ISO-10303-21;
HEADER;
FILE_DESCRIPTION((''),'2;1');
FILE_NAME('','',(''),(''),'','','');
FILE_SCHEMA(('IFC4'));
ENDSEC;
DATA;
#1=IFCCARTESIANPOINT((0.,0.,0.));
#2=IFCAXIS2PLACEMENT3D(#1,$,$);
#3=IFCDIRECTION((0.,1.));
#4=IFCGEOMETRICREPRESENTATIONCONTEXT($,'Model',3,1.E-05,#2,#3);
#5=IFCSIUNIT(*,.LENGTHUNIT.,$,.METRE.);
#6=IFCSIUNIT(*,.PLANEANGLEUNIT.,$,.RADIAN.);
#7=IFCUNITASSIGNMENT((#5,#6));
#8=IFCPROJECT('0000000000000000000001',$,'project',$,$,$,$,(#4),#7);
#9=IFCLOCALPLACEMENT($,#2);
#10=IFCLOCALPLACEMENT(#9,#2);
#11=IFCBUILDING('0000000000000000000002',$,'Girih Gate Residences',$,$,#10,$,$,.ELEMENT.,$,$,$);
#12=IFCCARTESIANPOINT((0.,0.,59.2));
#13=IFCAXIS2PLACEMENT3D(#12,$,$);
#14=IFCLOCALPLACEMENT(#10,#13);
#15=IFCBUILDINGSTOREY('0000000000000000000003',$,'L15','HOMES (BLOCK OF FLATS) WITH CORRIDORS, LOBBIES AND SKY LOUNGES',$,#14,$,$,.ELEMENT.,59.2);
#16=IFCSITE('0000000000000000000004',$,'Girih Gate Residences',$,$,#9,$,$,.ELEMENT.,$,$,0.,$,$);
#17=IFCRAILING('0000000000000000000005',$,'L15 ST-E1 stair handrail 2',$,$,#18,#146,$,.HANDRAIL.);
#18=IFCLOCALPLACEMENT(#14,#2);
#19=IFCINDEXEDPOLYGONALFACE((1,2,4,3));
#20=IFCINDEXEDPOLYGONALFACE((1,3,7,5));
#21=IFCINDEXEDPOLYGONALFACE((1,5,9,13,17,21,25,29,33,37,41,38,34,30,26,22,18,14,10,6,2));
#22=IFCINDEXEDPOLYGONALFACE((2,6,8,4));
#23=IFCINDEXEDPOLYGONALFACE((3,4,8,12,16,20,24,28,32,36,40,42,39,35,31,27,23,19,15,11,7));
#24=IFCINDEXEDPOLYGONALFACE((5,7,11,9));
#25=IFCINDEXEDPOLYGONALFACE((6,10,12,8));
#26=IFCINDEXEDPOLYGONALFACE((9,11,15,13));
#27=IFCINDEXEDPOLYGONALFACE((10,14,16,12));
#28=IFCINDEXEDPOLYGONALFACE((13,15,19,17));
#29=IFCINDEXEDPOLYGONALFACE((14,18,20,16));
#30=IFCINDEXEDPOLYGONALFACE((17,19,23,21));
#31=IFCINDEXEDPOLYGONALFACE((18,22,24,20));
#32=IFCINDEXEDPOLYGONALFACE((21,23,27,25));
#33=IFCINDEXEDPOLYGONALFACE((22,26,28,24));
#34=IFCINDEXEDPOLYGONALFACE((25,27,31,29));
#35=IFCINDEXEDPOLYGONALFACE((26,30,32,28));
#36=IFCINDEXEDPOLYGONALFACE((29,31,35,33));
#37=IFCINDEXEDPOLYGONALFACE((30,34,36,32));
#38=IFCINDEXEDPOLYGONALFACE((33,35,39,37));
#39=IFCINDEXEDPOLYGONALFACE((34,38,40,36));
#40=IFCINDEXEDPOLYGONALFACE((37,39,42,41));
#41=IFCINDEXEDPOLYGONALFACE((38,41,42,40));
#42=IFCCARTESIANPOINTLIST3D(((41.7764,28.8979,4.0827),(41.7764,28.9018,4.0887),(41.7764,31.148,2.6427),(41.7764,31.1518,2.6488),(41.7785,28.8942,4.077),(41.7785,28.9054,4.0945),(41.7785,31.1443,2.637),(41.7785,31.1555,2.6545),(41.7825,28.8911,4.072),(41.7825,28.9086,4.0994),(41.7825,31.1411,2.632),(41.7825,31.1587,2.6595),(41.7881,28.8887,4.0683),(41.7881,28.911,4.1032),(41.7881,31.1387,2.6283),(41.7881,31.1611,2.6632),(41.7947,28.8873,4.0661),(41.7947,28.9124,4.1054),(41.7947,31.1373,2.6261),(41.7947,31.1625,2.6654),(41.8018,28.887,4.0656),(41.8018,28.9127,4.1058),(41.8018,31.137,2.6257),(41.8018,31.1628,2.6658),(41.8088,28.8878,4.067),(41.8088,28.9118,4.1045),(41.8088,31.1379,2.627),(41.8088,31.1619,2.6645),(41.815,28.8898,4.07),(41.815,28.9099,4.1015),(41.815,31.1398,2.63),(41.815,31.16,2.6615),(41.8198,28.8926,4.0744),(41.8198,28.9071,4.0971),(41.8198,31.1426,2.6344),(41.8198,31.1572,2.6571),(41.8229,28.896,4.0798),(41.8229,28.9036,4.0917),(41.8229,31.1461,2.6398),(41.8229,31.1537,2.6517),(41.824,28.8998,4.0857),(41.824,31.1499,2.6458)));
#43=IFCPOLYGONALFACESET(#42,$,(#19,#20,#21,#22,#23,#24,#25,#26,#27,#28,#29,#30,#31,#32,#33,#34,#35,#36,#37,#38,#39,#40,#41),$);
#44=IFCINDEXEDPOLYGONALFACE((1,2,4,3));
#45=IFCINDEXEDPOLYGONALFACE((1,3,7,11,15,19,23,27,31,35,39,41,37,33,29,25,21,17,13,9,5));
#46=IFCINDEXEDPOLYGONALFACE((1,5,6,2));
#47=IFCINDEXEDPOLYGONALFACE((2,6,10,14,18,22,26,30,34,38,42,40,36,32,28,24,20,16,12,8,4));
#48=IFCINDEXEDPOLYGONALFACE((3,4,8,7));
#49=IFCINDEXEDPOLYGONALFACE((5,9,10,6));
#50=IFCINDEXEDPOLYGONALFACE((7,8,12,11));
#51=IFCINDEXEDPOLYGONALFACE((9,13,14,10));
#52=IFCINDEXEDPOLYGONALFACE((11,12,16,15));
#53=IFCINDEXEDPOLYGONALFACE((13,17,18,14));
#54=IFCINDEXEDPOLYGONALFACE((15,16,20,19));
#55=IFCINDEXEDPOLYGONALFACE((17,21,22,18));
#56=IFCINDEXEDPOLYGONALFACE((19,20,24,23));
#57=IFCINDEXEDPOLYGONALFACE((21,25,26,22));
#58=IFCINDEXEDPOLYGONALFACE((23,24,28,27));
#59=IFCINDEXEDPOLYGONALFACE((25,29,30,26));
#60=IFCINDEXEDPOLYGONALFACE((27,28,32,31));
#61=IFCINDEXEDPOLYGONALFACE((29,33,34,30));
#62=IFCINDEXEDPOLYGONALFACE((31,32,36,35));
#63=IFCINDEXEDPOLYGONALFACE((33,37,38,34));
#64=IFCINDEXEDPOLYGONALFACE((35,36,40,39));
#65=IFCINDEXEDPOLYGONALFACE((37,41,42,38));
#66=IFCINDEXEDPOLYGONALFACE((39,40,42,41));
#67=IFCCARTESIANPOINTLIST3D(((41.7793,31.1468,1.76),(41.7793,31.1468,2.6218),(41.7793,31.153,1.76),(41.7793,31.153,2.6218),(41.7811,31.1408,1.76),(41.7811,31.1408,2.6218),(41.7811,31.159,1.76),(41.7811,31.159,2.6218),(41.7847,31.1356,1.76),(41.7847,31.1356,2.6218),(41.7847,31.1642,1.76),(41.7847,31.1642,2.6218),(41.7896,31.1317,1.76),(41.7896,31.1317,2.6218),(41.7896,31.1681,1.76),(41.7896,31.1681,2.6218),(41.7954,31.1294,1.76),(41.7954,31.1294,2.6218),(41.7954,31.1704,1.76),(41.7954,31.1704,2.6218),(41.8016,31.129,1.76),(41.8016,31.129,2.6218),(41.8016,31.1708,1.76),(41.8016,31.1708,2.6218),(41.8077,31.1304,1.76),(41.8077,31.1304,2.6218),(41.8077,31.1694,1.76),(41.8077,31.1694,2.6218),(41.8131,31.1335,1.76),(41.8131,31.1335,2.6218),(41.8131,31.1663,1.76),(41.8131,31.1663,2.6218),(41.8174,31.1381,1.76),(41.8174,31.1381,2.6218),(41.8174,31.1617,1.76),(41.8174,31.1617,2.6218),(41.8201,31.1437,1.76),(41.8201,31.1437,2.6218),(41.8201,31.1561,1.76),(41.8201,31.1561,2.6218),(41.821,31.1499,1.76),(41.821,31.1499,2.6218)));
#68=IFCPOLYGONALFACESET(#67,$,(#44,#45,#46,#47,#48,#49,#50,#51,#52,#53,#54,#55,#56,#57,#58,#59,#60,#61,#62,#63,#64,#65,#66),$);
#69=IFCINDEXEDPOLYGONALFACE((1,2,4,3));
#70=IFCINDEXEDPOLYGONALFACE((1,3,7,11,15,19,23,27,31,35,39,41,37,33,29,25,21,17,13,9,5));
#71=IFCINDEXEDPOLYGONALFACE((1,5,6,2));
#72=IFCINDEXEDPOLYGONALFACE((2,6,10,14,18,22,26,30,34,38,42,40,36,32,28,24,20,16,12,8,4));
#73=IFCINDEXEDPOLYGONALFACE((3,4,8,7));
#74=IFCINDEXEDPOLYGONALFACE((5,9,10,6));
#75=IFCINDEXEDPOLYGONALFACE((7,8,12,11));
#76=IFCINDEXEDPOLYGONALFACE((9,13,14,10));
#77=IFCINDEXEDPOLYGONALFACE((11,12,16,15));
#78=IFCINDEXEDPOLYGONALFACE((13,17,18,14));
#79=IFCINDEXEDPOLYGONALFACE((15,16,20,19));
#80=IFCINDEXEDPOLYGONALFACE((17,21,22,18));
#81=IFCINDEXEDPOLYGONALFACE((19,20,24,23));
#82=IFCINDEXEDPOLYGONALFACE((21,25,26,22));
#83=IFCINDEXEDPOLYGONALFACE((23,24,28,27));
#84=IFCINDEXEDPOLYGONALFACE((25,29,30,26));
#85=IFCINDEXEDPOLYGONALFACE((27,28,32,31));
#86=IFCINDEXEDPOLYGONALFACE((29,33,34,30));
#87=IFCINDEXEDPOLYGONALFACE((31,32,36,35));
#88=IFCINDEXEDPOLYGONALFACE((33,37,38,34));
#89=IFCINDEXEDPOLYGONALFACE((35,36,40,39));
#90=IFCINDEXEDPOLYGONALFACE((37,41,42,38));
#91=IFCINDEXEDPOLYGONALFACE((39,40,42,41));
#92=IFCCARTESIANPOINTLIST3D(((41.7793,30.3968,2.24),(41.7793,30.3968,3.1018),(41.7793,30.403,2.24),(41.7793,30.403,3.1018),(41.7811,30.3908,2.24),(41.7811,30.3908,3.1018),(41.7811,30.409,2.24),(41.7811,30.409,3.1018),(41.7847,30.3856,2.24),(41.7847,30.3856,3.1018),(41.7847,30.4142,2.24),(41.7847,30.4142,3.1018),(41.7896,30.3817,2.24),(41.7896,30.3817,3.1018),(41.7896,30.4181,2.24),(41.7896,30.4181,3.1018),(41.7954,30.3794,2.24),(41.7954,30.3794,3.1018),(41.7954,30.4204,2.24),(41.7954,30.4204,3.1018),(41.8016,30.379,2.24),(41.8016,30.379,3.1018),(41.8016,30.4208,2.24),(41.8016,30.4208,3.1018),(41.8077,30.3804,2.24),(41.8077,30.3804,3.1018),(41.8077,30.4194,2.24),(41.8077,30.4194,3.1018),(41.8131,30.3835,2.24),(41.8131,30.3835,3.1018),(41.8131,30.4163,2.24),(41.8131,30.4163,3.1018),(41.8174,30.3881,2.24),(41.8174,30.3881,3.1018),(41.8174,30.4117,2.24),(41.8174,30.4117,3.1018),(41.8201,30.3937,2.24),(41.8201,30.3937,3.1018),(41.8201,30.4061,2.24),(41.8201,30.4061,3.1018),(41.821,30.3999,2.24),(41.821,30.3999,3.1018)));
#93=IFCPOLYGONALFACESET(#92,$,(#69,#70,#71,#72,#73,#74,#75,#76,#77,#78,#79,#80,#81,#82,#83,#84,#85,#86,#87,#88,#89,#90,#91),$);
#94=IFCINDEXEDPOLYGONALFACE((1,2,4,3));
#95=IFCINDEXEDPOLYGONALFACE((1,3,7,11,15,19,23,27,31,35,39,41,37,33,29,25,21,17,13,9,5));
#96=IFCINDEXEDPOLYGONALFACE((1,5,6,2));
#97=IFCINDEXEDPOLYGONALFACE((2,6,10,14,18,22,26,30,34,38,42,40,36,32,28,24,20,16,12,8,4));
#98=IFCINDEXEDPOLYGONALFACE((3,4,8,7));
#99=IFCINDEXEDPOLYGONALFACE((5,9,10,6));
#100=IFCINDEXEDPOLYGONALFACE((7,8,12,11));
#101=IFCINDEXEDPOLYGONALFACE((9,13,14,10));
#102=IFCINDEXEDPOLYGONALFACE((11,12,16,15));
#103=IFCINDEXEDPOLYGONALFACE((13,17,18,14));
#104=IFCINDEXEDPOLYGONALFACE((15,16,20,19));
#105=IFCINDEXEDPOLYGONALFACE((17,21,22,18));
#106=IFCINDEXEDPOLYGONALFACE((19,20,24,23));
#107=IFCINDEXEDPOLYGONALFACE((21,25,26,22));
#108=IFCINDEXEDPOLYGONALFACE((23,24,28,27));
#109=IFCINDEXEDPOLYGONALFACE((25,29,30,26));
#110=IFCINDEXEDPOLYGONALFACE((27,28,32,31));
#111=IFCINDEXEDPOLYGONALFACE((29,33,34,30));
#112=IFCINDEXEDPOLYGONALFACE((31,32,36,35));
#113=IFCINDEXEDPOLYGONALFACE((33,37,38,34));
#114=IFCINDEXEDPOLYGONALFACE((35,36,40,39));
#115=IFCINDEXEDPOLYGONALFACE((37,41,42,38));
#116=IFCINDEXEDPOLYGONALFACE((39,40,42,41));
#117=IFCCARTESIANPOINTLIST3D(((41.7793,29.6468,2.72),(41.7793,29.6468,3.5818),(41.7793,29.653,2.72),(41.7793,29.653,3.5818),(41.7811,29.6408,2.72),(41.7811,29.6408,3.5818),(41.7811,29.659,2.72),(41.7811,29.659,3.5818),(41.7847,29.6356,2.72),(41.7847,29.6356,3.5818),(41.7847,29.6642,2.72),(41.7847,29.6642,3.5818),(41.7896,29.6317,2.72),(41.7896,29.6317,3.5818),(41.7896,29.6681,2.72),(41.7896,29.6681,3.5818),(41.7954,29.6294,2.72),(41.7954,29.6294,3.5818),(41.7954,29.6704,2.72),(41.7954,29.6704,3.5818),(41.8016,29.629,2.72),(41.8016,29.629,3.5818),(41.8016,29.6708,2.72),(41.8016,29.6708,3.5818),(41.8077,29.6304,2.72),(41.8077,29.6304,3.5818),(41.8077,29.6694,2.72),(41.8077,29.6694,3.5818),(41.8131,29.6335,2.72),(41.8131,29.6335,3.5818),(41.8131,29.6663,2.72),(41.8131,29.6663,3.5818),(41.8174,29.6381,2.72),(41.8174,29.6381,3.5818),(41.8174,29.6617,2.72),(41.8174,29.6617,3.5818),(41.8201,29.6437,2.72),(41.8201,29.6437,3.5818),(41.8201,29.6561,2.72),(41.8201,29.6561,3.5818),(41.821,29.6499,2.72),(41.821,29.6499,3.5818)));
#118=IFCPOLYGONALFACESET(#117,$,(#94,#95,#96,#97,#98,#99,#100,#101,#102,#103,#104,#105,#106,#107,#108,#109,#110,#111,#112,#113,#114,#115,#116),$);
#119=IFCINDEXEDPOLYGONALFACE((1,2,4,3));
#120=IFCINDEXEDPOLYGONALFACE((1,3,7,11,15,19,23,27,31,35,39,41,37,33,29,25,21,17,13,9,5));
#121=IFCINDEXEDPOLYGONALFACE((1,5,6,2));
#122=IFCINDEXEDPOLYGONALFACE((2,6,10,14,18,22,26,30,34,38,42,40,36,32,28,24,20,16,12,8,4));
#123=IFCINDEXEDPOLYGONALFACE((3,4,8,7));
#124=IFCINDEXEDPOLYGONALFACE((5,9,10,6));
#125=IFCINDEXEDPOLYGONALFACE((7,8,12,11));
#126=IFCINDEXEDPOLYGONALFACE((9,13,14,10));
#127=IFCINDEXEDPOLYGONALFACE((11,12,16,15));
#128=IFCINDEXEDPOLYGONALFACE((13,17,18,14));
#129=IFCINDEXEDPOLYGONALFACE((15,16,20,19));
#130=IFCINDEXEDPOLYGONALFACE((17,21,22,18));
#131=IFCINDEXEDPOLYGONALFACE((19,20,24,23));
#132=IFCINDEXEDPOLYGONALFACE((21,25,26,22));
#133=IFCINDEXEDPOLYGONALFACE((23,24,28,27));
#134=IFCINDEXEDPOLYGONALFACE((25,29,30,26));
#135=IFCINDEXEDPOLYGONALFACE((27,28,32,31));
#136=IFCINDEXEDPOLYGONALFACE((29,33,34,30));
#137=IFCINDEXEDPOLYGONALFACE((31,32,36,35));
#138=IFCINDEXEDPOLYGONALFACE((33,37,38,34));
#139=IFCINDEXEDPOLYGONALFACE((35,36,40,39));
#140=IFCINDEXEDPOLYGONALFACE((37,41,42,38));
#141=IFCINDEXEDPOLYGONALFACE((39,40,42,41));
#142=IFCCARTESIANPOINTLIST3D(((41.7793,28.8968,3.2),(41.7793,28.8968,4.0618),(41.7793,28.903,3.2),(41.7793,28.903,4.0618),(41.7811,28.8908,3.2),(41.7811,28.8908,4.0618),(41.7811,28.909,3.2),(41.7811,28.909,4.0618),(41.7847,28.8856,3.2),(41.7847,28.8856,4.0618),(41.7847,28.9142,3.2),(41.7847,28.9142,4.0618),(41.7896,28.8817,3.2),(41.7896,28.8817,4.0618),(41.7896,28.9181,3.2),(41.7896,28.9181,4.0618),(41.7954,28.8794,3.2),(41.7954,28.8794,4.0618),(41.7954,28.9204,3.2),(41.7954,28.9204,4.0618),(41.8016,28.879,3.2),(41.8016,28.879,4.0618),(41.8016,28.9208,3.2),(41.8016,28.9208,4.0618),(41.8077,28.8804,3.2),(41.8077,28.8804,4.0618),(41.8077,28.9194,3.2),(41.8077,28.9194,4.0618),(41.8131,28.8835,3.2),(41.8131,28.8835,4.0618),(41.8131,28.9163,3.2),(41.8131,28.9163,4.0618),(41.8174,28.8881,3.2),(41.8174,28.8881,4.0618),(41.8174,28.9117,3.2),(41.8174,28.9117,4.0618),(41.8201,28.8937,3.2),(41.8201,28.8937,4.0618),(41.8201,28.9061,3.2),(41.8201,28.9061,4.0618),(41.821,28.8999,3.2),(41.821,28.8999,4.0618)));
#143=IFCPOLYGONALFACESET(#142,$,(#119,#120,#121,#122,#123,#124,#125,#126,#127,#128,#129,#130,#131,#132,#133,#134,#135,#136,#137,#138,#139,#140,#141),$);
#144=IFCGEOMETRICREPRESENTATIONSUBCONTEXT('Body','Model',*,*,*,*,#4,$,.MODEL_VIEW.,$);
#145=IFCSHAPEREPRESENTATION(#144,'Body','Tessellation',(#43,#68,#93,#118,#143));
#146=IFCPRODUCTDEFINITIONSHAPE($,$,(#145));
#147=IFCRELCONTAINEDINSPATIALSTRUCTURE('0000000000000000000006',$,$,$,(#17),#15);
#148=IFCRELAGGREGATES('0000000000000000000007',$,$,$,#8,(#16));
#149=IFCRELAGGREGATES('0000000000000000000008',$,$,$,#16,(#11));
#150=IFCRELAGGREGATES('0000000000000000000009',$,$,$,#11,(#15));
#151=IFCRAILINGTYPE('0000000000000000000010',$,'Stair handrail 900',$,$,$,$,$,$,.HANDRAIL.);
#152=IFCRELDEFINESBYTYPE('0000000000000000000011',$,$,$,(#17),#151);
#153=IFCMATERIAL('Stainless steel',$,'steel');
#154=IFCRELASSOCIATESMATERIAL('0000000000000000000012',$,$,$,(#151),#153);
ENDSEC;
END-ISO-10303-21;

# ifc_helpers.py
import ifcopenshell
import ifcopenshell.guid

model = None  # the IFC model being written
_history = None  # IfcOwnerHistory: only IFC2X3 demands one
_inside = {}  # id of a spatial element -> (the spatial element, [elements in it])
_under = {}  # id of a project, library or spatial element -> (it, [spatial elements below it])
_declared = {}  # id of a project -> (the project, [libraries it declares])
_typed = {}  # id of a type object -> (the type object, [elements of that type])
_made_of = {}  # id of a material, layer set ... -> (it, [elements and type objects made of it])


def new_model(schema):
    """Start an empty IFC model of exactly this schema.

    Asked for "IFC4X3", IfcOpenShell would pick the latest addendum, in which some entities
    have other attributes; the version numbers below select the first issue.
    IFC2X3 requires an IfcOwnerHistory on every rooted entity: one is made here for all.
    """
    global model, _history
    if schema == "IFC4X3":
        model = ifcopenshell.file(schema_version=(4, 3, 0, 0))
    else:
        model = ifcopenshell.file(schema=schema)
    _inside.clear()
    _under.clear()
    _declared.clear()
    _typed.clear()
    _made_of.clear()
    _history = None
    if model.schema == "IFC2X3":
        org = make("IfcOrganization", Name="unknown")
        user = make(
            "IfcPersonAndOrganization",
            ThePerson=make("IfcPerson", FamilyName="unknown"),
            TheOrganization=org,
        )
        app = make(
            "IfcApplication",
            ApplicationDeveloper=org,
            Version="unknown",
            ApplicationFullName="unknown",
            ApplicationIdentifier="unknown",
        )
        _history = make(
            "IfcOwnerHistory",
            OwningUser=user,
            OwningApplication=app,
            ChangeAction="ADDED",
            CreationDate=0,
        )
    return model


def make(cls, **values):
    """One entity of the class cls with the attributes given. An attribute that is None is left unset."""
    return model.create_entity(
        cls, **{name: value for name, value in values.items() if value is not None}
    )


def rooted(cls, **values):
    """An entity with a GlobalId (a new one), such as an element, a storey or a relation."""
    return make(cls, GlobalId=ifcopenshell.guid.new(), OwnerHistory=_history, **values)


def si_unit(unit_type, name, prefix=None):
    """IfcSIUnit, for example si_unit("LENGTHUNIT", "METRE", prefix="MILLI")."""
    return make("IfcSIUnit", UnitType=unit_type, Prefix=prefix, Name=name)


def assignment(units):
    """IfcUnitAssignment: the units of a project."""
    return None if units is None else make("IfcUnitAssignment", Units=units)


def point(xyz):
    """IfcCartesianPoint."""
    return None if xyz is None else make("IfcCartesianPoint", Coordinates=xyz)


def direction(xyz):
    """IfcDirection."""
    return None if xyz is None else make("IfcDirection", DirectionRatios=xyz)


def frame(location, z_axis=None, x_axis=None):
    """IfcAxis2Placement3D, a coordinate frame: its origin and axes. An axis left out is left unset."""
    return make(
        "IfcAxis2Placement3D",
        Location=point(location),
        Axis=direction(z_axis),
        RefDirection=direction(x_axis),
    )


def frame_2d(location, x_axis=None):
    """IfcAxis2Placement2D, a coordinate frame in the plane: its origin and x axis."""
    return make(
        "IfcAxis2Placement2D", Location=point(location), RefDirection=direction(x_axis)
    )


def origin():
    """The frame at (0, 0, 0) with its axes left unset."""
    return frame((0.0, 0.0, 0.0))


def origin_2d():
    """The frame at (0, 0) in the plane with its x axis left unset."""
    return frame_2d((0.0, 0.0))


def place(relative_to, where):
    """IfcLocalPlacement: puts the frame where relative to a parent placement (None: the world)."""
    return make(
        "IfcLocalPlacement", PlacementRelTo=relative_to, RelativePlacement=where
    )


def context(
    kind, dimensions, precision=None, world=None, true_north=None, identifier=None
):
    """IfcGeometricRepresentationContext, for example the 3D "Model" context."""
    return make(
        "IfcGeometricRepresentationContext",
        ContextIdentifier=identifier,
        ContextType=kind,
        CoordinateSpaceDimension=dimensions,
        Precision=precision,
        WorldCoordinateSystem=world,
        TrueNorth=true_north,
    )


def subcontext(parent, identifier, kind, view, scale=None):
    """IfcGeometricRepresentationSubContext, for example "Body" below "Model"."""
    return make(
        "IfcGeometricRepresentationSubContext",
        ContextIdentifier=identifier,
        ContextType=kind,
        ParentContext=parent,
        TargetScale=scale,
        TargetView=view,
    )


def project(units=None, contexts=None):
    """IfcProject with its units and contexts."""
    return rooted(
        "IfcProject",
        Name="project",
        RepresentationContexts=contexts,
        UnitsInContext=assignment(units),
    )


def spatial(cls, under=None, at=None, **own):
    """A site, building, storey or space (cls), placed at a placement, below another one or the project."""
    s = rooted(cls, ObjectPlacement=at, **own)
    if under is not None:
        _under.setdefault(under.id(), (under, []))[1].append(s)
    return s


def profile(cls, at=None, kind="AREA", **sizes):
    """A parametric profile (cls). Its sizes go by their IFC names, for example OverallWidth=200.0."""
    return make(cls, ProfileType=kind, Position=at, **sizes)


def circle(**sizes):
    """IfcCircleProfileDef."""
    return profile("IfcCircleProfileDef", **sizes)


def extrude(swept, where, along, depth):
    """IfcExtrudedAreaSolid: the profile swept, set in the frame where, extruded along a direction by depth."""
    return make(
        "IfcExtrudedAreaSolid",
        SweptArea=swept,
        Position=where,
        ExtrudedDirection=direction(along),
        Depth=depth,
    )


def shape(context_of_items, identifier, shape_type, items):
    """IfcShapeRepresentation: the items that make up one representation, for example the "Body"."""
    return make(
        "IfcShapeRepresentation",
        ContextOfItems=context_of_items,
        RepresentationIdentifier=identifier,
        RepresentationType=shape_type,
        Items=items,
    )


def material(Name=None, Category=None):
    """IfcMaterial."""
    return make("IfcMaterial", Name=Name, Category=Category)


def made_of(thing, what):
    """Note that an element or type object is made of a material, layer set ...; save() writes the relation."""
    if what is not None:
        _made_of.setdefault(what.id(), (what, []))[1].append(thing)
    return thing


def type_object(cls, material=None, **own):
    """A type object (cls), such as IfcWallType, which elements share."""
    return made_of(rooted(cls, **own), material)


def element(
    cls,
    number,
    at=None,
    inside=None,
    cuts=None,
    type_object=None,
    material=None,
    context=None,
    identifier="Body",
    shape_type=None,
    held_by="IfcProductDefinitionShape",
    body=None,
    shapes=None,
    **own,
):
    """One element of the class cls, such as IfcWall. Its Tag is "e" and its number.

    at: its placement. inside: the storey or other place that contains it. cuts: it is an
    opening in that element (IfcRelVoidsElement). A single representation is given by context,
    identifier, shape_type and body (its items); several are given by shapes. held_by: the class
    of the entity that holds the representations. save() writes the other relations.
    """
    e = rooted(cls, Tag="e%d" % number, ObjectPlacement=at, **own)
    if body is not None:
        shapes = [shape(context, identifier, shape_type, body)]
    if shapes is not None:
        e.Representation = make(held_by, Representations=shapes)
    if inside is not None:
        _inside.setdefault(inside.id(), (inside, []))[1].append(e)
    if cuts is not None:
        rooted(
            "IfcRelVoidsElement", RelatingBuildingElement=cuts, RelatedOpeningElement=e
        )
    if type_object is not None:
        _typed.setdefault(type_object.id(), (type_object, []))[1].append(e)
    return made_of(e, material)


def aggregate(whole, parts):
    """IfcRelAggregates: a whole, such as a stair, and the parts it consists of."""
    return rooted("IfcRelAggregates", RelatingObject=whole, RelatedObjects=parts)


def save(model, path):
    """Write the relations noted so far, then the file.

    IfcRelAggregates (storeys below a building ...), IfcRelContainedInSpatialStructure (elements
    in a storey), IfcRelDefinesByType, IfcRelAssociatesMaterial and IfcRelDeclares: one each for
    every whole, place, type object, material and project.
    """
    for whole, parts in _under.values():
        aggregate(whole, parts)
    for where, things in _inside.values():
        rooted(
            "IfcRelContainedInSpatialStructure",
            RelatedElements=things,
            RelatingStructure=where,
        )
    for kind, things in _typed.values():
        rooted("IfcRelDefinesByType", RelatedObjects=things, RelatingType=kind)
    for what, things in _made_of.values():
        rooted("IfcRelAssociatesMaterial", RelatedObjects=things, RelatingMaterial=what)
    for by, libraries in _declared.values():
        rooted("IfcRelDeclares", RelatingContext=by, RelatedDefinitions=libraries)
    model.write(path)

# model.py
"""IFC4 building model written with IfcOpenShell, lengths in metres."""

from ifc_helpers import new_model, si_unit, direction, frame, origin, origin_2d, place, context, subcontext, project, spatial, circle, extrude, material, type_object, element, save


model = new_model("IFC4")

# Units and contexts
model_context = context("Model", 3, precision=1e-05, world=origin(), true_north=direction((0.0, 1.0)))
body_context = subcontext(model_context, "Body", "Model", "MODEL_VIEW")
ifc_project = project(units=[si_unit("LENGTHUNIT", "METRE"), si_unit("PLANEANGLEUNIT", "RADIAN")], contexts=[model_context])

# Site, building, storey
site_placement = place(None, origin())
site = spatial("IfcSite", under=ifc_project, at=site_placement, Name="Girih Gate Residences", CompositionType="ELEMENT", RefElevation=0.0)
building_placement = place(site_placement, origin())
building = spatial("IfcBuilding", under=site, at=building_placement, Name="Girih Gate Residences", CompositionType="ELEMENT")
storey_placement = place(building_placement, frame((0.0, 0.0, 59.2)))
storey = spatial("IfcBuildingStorey", under=building, at=storey_placement, Name="L15", Description="HOMES (BLOCK OF FLATS) WITH CORRIDORS, LOBBIES AND SKY LOUNGES", CompositionType="ELEMENT", Elevation=59.2)

# Railing
ifc_material_1 = material(Name="Stainless steel", Category="steel")
railing_type_1 = type_object("IfcRailingType", Name="Stair handrail 900", PredefinedType="HANDRAIL", material=ifc_material_1)
railing_1_placement = place(storey_placement, frame((41.8, 31.1499, 1.76)))
element("IfcRailing", 1, at=railing_1_placement, inside=storey, type_object=railing_type_1, Name="L15 ST-E1 stair handrail 2", PredefinedType="HANDRAIL", context=body_context, shape_type="SweptSolid", body=[
    extrude(circle(Radius=0.0239, at=origin_2d()), frame((0.0, 0.0, 0.8857), z_axis=(0.0, -0.842281, 0.539038), x_axis=(1.0, 0.0, 0.0)), (0.0, 0.0, 1.0), 2.6714),
    extrude(circle(Radius=0.021, at=origin_2d()), origin(), (0.0, 0.0, 1.0), 0.8618),
    extrude(circle(Radius=0.021, at=origin_2d()), frame((0.0, -0.75, 0.48)), (0.0, 0.0, 1.0), 0.8618),
    extrude(circle(Radius=0.021, at=origin_2d()), frame((0.0, -1.5, 0.96)), (0.0, 0.0, 1.0), 0.8618),
    extrude(circle(Radius=0.021, at=origin_2d()), frame((0.0, -2.25, 1.4399)), (0.0, 0.0, 1.0), 0.8618),
])

save(model, "model.ifc")
